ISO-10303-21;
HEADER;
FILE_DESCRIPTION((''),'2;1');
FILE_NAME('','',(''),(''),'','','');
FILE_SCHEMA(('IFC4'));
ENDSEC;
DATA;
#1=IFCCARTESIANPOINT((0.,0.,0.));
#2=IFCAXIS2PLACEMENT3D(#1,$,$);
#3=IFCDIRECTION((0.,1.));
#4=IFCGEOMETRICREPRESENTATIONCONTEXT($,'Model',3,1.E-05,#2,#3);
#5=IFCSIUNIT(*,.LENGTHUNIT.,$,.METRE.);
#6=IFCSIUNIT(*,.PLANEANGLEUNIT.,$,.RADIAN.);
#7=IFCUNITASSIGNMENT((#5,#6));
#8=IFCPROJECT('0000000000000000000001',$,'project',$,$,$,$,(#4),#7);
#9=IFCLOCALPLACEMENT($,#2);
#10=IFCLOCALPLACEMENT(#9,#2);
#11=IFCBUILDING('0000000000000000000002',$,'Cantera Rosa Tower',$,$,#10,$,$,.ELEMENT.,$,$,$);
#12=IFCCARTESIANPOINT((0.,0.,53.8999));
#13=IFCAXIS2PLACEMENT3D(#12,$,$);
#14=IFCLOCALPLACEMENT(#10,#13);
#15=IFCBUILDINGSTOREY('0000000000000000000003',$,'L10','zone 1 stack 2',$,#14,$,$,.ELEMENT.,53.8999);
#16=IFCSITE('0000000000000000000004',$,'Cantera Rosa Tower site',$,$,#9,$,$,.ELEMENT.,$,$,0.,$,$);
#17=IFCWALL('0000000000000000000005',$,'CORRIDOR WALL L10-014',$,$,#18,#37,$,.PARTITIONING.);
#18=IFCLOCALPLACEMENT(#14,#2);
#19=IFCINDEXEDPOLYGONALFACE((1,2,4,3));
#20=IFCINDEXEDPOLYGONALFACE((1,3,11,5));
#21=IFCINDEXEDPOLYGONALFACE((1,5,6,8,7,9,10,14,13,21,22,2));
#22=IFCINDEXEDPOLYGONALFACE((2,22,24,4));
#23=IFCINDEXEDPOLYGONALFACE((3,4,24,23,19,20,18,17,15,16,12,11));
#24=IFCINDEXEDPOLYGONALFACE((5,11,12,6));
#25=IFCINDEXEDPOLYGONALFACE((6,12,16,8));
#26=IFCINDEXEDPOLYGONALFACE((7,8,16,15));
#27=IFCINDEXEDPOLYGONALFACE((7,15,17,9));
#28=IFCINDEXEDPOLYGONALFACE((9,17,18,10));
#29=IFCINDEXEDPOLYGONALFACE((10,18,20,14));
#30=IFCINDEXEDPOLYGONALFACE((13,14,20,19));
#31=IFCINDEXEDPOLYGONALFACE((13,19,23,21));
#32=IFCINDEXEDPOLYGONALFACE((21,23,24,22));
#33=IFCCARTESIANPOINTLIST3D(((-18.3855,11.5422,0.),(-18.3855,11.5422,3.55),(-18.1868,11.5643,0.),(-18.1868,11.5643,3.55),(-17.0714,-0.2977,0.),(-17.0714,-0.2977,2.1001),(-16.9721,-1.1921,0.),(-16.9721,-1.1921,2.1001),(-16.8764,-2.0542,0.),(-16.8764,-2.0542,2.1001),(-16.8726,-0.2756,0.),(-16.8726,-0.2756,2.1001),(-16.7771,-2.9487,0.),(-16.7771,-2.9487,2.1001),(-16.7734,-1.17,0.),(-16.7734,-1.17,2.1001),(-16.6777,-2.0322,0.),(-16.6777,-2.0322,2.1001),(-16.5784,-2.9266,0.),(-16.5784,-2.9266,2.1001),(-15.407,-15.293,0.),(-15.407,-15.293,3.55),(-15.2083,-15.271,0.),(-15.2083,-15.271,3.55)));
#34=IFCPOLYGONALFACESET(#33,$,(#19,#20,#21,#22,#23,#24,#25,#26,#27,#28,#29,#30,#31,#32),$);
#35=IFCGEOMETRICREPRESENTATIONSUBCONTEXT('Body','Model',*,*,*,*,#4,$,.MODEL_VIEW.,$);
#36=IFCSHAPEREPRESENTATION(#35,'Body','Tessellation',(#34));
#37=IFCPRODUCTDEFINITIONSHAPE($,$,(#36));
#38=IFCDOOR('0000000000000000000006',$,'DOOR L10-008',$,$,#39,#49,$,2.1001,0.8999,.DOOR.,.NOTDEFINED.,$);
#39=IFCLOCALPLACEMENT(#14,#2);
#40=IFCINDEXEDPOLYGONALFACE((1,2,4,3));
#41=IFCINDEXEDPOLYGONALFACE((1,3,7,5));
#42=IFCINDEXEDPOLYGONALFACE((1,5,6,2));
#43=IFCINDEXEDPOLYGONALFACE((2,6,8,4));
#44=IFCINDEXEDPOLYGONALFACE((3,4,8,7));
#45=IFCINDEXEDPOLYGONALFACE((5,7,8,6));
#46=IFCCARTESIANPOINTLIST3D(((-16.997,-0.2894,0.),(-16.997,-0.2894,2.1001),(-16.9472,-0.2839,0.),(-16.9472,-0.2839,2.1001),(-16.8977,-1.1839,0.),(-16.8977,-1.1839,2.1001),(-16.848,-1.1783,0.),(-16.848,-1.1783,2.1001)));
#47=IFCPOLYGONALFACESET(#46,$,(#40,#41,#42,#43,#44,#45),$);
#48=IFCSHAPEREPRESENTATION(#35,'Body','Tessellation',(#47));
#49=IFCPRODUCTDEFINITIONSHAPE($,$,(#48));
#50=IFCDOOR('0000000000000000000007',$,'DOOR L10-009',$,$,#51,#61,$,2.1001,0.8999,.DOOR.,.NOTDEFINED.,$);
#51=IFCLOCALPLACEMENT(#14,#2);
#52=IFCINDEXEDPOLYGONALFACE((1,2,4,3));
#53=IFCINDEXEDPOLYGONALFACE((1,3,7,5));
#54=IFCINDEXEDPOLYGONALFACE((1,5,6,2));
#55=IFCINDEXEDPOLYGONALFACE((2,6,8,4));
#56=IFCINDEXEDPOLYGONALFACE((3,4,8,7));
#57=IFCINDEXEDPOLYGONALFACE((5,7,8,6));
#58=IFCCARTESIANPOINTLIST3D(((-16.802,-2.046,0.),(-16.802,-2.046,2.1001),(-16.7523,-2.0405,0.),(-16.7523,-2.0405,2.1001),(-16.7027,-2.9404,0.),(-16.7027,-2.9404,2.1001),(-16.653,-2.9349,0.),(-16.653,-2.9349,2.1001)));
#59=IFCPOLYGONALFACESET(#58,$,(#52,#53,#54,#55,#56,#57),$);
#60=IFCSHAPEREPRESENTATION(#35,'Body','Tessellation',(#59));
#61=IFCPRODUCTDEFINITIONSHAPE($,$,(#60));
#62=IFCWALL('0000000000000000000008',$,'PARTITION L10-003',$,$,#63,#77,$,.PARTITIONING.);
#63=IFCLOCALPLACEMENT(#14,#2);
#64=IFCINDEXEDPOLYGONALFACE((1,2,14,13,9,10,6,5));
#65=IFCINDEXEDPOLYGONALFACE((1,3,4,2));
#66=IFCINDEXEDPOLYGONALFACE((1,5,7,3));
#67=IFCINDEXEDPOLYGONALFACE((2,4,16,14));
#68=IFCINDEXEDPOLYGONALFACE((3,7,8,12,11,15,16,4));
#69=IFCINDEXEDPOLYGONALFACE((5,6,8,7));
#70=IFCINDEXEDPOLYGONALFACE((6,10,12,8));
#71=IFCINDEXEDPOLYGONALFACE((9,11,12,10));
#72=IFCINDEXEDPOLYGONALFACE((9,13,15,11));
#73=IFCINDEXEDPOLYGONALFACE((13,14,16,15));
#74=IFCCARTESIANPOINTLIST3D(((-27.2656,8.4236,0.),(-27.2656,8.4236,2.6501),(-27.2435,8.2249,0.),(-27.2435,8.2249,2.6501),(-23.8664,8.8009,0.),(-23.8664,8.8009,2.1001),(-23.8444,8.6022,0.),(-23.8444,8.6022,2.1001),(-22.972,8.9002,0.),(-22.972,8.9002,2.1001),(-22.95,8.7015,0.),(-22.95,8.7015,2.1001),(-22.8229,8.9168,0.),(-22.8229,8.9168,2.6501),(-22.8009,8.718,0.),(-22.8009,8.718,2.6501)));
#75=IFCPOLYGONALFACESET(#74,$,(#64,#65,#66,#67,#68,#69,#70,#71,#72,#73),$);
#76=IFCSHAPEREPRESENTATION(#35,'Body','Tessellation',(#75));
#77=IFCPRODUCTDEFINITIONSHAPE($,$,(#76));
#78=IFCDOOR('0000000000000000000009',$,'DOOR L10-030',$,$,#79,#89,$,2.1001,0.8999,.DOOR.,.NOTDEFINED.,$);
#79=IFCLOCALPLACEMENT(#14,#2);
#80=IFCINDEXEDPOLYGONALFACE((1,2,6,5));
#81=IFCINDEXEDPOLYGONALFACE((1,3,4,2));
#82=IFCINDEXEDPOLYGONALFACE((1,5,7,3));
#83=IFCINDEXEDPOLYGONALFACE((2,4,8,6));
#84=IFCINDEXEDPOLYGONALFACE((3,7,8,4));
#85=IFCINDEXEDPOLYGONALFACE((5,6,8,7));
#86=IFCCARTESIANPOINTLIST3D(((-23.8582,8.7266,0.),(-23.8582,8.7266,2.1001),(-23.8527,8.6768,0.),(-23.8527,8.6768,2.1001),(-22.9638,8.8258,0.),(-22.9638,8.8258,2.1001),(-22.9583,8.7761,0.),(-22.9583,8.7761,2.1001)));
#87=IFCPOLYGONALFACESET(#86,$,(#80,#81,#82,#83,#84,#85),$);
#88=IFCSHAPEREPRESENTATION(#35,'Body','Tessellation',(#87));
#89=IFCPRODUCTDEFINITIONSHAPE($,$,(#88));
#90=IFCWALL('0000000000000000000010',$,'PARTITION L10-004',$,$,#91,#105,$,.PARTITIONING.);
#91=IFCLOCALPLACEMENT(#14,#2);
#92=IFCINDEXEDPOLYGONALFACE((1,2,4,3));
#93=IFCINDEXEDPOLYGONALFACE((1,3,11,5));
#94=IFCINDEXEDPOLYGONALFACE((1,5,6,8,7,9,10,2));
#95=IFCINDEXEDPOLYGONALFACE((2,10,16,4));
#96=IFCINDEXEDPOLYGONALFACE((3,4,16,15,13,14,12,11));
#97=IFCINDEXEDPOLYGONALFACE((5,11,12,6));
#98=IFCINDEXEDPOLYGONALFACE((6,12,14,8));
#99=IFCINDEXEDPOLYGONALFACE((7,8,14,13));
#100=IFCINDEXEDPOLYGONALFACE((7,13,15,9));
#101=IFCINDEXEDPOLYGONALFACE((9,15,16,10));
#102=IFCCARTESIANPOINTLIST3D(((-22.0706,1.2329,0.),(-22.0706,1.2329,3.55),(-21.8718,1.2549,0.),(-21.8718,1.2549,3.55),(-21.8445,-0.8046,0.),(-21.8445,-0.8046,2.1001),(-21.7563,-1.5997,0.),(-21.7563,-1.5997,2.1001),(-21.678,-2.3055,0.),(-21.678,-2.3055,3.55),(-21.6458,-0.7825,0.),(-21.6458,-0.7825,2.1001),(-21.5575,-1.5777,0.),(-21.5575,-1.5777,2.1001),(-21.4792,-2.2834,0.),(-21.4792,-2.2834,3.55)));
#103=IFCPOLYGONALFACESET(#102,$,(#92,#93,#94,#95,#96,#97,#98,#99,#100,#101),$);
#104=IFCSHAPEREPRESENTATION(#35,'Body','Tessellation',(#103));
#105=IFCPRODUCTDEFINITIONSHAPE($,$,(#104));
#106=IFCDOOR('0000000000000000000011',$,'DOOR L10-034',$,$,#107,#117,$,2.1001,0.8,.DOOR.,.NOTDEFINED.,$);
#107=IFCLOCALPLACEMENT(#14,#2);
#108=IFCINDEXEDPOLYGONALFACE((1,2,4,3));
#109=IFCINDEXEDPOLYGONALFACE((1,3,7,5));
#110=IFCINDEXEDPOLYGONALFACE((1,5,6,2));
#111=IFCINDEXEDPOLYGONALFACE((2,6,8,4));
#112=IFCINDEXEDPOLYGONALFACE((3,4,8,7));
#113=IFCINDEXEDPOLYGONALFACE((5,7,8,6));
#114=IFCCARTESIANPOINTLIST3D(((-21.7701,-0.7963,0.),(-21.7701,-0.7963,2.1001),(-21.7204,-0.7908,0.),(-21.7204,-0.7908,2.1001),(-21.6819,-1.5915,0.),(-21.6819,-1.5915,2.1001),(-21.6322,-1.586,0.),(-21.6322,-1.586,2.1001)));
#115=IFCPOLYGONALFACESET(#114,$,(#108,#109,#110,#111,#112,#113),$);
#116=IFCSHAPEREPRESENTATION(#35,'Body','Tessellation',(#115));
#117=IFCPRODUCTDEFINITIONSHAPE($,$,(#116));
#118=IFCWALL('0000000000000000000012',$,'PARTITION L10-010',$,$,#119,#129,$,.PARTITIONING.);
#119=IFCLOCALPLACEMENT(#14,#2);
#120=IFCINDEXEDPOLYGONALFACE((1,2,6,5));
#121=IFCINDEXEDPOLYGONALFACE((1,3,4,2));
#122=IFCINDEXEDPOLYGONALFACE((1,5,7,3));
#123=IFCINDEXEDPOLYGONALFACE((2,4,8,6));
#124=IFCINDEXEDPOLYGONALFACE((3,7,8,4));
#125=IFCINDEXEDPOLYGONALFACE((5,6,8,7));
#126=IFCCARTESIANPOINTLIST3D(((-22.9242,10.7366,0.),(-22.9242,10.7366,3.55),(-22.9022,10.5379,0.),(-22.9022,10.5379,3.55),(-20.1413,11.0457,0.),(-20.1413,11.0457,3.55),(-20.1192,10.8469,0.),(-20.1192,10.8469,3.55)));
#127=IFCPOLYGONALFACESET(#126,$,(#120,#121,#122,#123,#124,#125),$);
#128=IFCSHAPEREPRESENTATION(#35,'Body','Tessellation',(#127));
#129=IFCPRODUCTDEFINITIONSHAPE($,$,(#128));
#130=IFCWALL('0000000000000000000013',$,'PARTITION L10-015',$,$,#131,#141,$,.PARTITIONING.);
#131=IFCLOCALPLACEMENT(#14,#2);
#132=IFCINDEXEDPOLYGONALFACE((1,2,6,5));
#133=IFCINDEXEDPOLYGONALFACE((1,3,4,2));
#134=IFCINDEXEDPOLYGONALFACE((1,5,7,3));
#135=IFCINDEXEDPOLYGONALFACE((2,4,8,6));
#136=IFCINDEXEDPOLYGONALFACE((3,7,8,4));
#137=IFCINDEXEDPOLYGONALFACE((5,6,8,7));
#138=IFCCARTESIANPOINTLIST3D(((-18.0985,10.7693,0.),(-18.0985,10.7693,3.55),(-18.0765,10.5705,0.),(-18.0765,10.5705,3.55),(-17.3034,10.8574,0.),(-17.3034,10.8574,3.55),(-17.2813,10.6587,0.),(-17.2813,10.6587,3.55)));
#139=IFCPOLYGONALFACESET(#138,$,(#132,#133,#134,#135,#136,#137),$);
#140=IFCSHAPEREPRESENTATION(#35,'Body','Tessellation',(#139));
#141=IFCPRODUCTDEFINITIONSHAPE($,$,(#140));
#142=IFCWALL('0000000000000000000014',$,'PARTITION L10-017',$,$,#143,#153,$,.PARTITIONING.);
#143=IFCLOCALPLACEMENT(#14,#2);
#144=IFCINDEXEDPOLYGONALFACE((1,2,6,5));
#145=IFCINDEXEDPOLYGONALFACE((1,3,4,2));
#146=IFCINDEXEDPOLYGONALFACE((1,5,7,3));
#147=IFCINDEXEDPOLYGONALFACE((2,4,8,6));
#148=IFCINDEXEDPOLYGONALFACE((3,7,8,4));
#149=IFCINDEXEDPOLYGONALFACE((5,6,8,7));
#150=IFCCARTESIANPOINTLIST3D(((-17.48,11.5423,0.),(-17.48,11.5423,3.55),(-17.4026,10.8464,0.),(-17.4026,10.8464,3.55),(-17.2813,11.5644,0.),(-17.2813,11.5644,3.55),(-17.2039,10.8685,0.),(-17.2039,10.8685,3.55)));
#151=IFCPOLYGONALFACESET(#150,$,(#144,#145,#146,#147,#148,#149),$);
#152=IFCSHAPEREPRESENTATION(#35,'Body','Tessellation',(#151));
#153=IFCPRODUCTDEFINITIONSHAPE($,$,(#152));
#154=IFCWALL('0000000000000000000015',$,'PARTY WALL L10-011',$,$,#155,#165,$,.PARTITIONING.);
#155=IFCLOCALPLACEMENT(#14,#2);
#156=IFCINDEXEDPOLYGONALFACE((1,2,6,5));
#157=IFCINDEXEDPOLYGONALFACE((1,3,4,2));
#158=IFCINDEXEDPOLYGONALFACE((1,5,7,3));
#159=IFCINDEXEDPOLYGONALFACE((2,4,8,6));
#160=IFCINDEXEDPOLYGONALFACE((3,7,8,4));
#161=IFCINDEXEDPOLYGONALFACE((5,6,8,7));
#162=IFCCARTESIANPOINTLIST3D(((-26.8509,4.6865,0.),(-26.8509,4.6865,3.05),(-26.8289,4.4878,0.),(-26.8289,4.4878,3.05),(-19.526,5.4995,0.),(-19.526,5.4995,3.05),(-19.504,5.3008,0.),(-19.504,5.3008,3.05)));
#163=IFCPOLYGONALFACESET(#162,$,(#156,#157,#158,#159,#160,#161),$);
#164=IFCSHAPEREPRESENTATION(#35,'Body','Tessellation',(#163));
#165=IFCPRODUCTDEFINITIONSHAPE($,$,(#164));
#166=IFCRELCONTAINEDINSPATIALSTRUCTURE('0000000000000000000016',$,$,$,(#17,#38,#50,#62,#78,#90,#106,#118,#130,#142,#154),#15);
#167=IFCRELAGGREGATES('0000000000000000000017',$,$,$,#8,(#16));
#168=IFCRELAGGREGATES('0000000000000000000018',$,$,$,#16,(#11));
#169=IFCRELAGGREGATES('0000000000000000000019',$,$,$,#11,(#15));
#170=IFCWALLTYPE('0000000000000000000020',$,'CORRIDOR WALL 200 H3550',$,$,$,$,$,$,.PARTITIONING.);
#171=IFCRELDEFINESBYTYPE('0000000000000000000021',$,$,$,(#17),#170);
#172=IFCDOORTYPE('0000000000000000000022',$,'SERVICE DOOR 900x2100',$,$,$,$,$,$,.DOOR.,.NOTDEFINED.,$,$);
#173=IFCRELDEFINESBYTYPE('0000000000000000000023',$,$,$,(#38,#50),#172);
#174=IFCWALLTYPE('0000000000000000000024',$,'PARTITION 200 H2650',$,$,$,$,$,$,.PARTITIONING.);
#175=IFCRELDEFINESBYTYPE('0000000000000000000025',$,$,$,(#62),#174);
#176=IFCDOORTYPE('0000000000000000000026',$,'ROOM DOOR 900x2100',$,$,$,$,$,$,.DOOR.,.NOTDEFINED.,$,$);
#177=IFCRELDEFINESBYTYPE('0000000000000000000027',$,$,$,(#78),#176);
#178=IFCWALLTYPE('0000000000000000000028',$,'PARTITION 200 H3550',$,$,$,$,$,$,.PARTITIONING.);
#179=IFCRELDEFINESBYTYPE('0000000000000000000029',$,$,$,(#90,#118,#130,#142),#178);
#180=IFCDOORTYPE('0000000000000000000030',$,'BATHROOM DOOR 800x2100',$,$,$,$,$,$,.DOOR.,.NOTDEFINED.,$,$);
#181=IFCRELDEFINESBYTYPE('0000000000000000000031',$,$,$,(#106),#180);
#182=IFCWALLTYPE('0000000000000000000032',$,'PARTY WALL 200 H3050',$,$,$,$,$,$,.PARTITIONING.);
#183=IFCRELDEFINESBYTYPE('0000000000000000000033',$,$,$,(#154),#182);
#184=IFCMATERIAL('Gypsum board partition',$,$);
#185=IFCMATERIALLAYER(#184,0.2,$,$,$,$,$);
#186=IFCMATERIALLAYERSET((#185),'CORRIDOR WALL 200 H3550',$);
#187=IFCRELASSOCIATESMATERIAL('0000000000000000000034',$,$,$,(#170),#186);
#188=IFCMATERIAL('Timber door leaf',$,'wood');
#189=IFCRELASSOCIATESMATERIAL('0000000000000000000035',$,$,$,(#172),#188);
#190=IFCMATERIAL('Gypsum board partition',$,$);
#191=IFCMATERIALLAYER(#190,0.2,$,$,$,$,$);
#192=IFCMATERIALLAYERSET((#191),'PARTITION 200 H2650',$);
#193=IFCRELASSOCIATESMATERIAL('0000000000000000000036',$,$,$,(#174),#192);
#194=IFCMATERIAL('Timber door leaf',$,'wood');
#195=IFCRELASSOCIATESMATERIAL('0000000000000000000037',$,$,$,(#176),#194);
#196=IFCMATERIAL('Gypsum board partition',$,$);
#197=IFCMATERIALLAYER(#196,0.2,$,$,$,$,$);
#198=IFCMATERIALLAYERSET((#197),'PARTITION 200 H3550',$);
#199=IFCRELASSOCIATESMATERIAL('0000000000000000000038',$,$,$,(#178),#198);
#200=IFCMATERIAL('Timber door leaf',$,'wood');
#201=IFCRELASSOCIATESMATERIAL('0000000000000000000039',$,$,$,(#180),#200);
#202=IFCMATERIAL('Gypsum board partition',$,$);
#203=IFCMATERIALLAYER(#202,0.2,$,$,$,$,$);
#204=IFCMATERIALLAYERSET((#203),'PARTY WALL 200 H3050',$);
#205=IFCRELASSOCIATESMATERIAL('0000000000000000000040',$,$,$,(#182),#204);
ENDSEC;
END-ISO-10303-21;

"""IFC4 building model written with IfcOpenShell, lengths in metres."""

from ifc_helpers import new_model, si_unit, direction, frame, frame_2d, origin, place, context, subcontext, project, spatial, rectangle, extrude, material, layer, layer_set, type_object, element, fill, save


model = new_model("IFC4")

# Units and contexts
model_context = context("Model", 3, precision=1e-05, world=origin(), true_north=direction((0.0, 1.0)))
body_context = subcontext(model_context, "Body", "Model", "MODEL_VIEW")
ifc_project = project(units=[si_unit("LENGTHUNIT", "METRE"), si_unit("PLANEANGLEUNIT", "RADIAN")], contexts=[model_context])

# Site, building, storey
site_placement = place(None, origin())
site = spatial("IfcSite", under=ifc_project, at=site_placement, Name="Cantera Rosa Tower site", CompositionType="ELEMENT", RefElevation=0.0)
building_placement = place(site_placement, origin())
building = spatial("IfcBuilding", under=site, at=building_placement, Name="Cantera Rosa Tower", CompositionType="ELEMENT")
storey_placement = place(building_placement, frame((0.0, 0.0, 53.8999)))
storey = spatial("IfcBuildingStorey", under=building, at=storey_placement, Name="L10", Description="zone 1 stack 2", CompositionType="ELEMENT", Elevation=53.8999)

# Wall, openings, doors
ifc_material_1 = material(Name="Gypsum board partition")
ifc_layer_1 = layer(ifc_material_1, 0.2)
ifc_layer_set_1 = layer_set([ifc_layer_1], Name="CORRIDOR WALL 200 H3550")
wall_type_1 = type_object("IfcWallType", Name="CORRIDOR WALL 200 H3550", PredefinedType="PARTITIONING", material=ifc_layer_set_1)
wall_1_placement = place(storey_placement, frame((-18.2861, 11.5532, 0.0), z_axis=(0.0, 0.0, 1.0), x_axis=(0.110315, -0.993897, 0.0)))
wall_1 = element("IfcWall", 1, at=wall_1_placement, inside=storey, type_object=wall_type_1, Name="CORRIDOR WALL L10-014", PredefinedType="PARTITIONING", context=body_context, shape_type="SweptSolid", body=[
    extrude(rectangle(XDim=27.0, YDim=0.2, at=frame_2d((13.5, 0.0))), origin(), (0.0, 0.0, 1.0), 3.55),
])
opening_1_placement = place(wall_1_placement, frame((11.9126, 0.0, 0.0)))
opening_1 = element("IfcOpeningElement", 2, at=opening_1_placement, cuts=wall_1, PredefinedType="OPENING", context=body_context, shape_type="SweptSolid", body=[
    extrude(rectangle(XDim=0.8999, YDim=2.1001, at=frame_2d((0.45, 1.05))), frame((0.0, 0.1099, 0.0), z_axis=(0.0, -1.0, 0.0), x_axis=(1.0, 0.0, 0.0)), (0.0, 0.0, 1.0), 0.22),
])
opening_2_placement = place(wall_1_placement, frame((13.6799, 0.0, 0.0)))
opening_2 = element("IfcOpeningElement", 3, at=opening_2_placement, cuts=wall_1, PredefinedType="OPENING", context=body_context, shape_type="SweptSolid", body=[
    extrude(rectangle(XDim=0.8999, YDim=2.1001, at=frame_2d((0.45, 1.05))), frame((0.0, 0.1099, 0.0), z_axis=(0.0, -1.0, 0.0), x_axis=(1.0, 0.0, 0.0)), (0.0, 0.0, 1.0), 0.22),
])
ifc_material_2 = material(Name="Timber door leaf", Category="wood")
door_type_1 = type_object("IfcDoorType", Name="SERVICE DOOR 900x2100", OperationType="NOTDEFINED", PredefinedType="DOOR", material=ifc_material_2)
door_1_placement = place(opening_1_placement, origin())
door_1 = element("IfcDoor", 4, at=door_1_placement, inside=storey, type_object=door_type_1, Name="DOOR L10-008", OperationType="NOTDEFINED", OverallHeight=2.1001, OverallWidth=0.8999, PredefinedType="DOOR", context=body_context, shape_type="SweptSolid", body=[
    extrude(rectangle(XDim=0.8999, YDim=2.1001, at=frame_2d((0.45, 1.05))), frame((0.0, 0.0249, 0.0), z_axis=(0.0, -1.0, 0.0), x_axis=(1.0, 0.0, 0.0)), (0.0, 0.0, 1.0), 0.05),
])
fill(opening_1, door_1)
door_2_placement = place(opening_2_placement, origin())
door_2 = element("IfcDoor", 5, at=door_2_placement, inside=storey, type_object=door_type_1, Name="DOOR L10-009", OperationType="NOTDEFINED", OverallHeight=2.1001, OverallWidth=0.8999, PredefinedType="DOOR", context=body_context, shape_type="SweptSolid", body=[
    extrude(rectangle(XDim=0.8999, YDim=2.1001, at=frame_2d((0.45, 1.05))), frame((0.0, 0.0249, 0.0), z_axis=(0.0, -1.0, 0.0), x_axis=(1.0, 0.0, 0.0)), (0.0, 0.0, 1.0), 0.05),
])
fill(opening_2, door_2)

# Walls, openings, doors
ifc_material_3 = material(Name="Gypsum board partition")
ifc_layer_2 = layer(ifc_material_3, 0.2)
ifc_layer_set_2 = layer_set([ifc_layer_2], Name="PARTITION 200 H2650")
wall_type_2 = type_object("IfcWallType", Name="PARTITION 200 H2650", PredefinedType="PARTITIONING", material=ifc_layer_set_2)
wall_2_placement = place(storey_placement, frame((-22.812, 8.8174, 0.0), z_axis=(0.0, 0.0, 1.0), x_axis=(-0.993895, -0.11033, 0.0)))
wall_2 = element("IfcWall", 6, at=wall_2_placement, inside=storey, type_object=wall_type_2, Name="PARTITION L10-003", PredefinedType="PARTITIONING", context=body_context, shape_type="SweptSolid", body=[
    extrude(rectangle(XDim=4.47, YDim=0.2, at=frame_2d((2.2349, 0.0))), origin(), (0.0, 0.0, 1.0), 2.6501),
])
opening_3_placement = place(wall_2_placement, frame((0.1499, 0.0, 0.0)))
opening_3 = element("IfcOpeningElement", 7, at=opening_3_placement, cuts=wall_2, PredefinedType="OPENING", context=body_context, shape_type="SweptSolid", body=[
    extrude(rectangle(XDim=0.8999, YDim=2.1001, at=frame_2d((0.45, 1.05))), frame((0.0, 0.1099, 0.0), z_axis=(0.0, -1.0, 0.0), x_axis=(1.0, 0.0, 0.0)), (0.0, 0.0, 1.0), 0.22),
])
ifc_material_4 = material(Name="Timber door leaf", Category="wood")
door_type_2 = type_object("IfcDoorType", Name="ROOM DOOR 900x2100", OperationType="NOTDEFINED", PredefinedType="DOOR", material=ifc_material_4)
door_3_placement = place(opening_3_placement, origin())
door_3 = element("IfcDoor", 8, at=door_3_placement, inside=storey, type_object=door_type_2, Name="DOOR L10-030", OperationType="NOTDEFINED", OverallHeight=2.1001, OverallWidth=0.8999, PredefinedType="DOOR", context=body_context, shape_type="SweptSolid", body=[
    extrude(rectangle(XDim=0.8999, YDim=2.1001, at=frame_2d((0.45, 1.05))), frame((0.0, 0.0249, 0.0), z_axis=(0.0, -1.0, 0.0), x_axis=(1.0, 0.0, 0.0)), (0.0, 0.0, 1.0), 0.05),
])
fill(opening_3, door_3)
ifc_material_5 = material(Name="Gypsum board partition")
ifc_layer_3 = layer(ifc_material_5, 0.2)
ifc_layer_set_3 = layer_set([ifc_layer_3], Name="PARTITION 200 H3550")
wall_type_3 = type_object("IfcWallType", Name="PARTITION 200 H3550", PredefinedType="PARTITIONING", material=ifc_layer_set_3)
wall_3_placement = place(storey_placement, frame((-21.9712, 1.2439, 0.0), z_axis=(0.0, 0.0, 1.0), x_axis=(0.110273, -0.993901, 0.0)))
wall_3 = element("IfcWall", 9, at=wall_3_placement, inside=storey, type_object=wall_type_3, Name="PARTITION L10-004", PredefinedType="PARTITIONING", context=body_context, shape_type="SweptSolid", body=[
    extrude(rectangle(XDim=3.5601, YDim=0.2, at=frame_2d((1.78, 0.0))), origin(), (0.0, 0.0, 1.0), 3.55),
])
opening_4_placement = place(wall_3_placement, frame((2.05, 0.0, 0.0)))
opening_4 = element("IfcOpeningElement", 10, at=opening_4_placement, cuts=wall_3, PredefinedType="OPENING", context=body_context, shape_type="SweptSolid", body=[
    extrude(rectangle(XDim=0.8, YDim=2.1001, at=frame_2d((0.3999, 1.05))), frame((0.0, 0.1099, 0.0), z_axis=(0.0, -1.0, 0.0), x_axis=(1.0, 0.0, 0.0)), (0.0, 0.0, 1.0), 0.22),
])
ifc_material_6 = material(Name="Timber door leaf", Category="wood")
door_type_3 = type_object("IfcDoorType", Name="BATHROOM DOOR 800x2100", OperationType="NOTDEFINED", PredefinedType="DOOR", material=ifc_material_6)
door_4_placement = place(opening_4_placement, origin())
door_4 = element("IfcDoor", 11, at=door_4_placement, inside=storey, type_object=door_type_3, Name="DOOR L10-034", OperationType="NOTDEFINED", OverallHeight=2.1001, OverallWidth=0.8, PredefinedType="DOOR", context=body_context, shape_type="SweptSolid", body=[
    extrude(rectangle(XDim=0.8, YDim=2.1001, at=frame_2d((0.3999, 1.05))), frame((0.0, 0.0249, 0.0), z_axis=(0.0, -1.0, 0.0), x_axis=(1.0, 0.0, 0.0)), (0.0, 0.0, 1.0), 0.05),
])
fill(opening_4, door_4)

# Walls
wall_4_placement = place(storey_placement, frame((-20.1304, 10.9463, 0.0), z_axis=(0.0, 0.0, 1.0), x_axis=(-0.993889, -0.110384, 0.0)))
element("IfcWall", 12, at=wall_4_placement, inside=storey, type_object=wall_type_3, Name="PARTITION L10-010", PredefinedType="PARTITIONING", context=body_context, shape_type="SweptSolid", body=[
    extrude(rectangle(XDim=2.8, YDim=0.2, at=frame_2d((1.3999, 0.0))), origin(), (0.0, 0.0, 1.0), 3.55),
])
wall_5_placement = place(storey_placement, frame((-18.0874, 10.6699, 0.0), z_axis=(0.0, 0.0, 1.0), x_axis=(0.993913, 0.110164, 0.0)))
element("IfcWall", 13, at=wall_5_placement, inside=storey, type_object=wall_type_3, Name="PARTITION L10-015", PredefinedType="PARTITIONING", context=body_context, shape_type="SweptSolid", body=[
    extrude(rectangle(XDim=0.8, YDim=0.2, at=frame_2d((0.3999, 0.0))), origin(), (0.0, 0.0, 1.0), 3.55),
])
wall_6_placement = place(storey_placement, frame((-17.3032, 10.8574, 0.0), z_axis=(0.0, 0.0, 1.0), x_axis=(-0.110546, 0.993871, 0.0)))
element("IfcWall", 14, at=wall_6_placement, inside=storey, type_object=wall_type_3, Name="PARTITION L10-017", PredefinedType="PARTITIONING", context=body_context, shape_type="SweptSolid", body=[
    extrude(rectangle(XDim=0.7002, YDim=0.2, at=frame_2d((0.3501, 0.0))), origin(), (0.0, 0.0, 1.0), 3.55),
])
ifc_material_7 = material(Name="Gypsum board partition")
ifc_layer_4 = layer(ifc_material_7, 0.2)
ifc_layer_set_4 = layer_set([ifc_layer_4], Name="PARTY WALL 200 H3050")
wall_type_4 = type_object("IfcWallType", Name="PARTY WALL 200 H3050", PredefinedType="PARTITIONING", material=ifc_layer_set_4)
wall_7_placement = place(storey_placement, frame((-19.5149, 5.4001, 0.0), z_axis=(0.0, 0.0, 1.0), x_axis=(-0.993897, -0.110312, 0.0)))
element("IfcWall", 15, at=wall_7_placement, inside=storey, type_object=wall_type_4, Name="PARTY WALL L10-011", PredefinedType="PARTITIONING", context=body_context, shape_type="SweptSolid", body=[
    extrude(rectangle(XDim=7.3699, YDim=0.2, at=frame_2d((3.6851, 0.0))), origin(), (0.0, 0.0, 1.0), 3.05),
])

save(model, "model.ifc")
